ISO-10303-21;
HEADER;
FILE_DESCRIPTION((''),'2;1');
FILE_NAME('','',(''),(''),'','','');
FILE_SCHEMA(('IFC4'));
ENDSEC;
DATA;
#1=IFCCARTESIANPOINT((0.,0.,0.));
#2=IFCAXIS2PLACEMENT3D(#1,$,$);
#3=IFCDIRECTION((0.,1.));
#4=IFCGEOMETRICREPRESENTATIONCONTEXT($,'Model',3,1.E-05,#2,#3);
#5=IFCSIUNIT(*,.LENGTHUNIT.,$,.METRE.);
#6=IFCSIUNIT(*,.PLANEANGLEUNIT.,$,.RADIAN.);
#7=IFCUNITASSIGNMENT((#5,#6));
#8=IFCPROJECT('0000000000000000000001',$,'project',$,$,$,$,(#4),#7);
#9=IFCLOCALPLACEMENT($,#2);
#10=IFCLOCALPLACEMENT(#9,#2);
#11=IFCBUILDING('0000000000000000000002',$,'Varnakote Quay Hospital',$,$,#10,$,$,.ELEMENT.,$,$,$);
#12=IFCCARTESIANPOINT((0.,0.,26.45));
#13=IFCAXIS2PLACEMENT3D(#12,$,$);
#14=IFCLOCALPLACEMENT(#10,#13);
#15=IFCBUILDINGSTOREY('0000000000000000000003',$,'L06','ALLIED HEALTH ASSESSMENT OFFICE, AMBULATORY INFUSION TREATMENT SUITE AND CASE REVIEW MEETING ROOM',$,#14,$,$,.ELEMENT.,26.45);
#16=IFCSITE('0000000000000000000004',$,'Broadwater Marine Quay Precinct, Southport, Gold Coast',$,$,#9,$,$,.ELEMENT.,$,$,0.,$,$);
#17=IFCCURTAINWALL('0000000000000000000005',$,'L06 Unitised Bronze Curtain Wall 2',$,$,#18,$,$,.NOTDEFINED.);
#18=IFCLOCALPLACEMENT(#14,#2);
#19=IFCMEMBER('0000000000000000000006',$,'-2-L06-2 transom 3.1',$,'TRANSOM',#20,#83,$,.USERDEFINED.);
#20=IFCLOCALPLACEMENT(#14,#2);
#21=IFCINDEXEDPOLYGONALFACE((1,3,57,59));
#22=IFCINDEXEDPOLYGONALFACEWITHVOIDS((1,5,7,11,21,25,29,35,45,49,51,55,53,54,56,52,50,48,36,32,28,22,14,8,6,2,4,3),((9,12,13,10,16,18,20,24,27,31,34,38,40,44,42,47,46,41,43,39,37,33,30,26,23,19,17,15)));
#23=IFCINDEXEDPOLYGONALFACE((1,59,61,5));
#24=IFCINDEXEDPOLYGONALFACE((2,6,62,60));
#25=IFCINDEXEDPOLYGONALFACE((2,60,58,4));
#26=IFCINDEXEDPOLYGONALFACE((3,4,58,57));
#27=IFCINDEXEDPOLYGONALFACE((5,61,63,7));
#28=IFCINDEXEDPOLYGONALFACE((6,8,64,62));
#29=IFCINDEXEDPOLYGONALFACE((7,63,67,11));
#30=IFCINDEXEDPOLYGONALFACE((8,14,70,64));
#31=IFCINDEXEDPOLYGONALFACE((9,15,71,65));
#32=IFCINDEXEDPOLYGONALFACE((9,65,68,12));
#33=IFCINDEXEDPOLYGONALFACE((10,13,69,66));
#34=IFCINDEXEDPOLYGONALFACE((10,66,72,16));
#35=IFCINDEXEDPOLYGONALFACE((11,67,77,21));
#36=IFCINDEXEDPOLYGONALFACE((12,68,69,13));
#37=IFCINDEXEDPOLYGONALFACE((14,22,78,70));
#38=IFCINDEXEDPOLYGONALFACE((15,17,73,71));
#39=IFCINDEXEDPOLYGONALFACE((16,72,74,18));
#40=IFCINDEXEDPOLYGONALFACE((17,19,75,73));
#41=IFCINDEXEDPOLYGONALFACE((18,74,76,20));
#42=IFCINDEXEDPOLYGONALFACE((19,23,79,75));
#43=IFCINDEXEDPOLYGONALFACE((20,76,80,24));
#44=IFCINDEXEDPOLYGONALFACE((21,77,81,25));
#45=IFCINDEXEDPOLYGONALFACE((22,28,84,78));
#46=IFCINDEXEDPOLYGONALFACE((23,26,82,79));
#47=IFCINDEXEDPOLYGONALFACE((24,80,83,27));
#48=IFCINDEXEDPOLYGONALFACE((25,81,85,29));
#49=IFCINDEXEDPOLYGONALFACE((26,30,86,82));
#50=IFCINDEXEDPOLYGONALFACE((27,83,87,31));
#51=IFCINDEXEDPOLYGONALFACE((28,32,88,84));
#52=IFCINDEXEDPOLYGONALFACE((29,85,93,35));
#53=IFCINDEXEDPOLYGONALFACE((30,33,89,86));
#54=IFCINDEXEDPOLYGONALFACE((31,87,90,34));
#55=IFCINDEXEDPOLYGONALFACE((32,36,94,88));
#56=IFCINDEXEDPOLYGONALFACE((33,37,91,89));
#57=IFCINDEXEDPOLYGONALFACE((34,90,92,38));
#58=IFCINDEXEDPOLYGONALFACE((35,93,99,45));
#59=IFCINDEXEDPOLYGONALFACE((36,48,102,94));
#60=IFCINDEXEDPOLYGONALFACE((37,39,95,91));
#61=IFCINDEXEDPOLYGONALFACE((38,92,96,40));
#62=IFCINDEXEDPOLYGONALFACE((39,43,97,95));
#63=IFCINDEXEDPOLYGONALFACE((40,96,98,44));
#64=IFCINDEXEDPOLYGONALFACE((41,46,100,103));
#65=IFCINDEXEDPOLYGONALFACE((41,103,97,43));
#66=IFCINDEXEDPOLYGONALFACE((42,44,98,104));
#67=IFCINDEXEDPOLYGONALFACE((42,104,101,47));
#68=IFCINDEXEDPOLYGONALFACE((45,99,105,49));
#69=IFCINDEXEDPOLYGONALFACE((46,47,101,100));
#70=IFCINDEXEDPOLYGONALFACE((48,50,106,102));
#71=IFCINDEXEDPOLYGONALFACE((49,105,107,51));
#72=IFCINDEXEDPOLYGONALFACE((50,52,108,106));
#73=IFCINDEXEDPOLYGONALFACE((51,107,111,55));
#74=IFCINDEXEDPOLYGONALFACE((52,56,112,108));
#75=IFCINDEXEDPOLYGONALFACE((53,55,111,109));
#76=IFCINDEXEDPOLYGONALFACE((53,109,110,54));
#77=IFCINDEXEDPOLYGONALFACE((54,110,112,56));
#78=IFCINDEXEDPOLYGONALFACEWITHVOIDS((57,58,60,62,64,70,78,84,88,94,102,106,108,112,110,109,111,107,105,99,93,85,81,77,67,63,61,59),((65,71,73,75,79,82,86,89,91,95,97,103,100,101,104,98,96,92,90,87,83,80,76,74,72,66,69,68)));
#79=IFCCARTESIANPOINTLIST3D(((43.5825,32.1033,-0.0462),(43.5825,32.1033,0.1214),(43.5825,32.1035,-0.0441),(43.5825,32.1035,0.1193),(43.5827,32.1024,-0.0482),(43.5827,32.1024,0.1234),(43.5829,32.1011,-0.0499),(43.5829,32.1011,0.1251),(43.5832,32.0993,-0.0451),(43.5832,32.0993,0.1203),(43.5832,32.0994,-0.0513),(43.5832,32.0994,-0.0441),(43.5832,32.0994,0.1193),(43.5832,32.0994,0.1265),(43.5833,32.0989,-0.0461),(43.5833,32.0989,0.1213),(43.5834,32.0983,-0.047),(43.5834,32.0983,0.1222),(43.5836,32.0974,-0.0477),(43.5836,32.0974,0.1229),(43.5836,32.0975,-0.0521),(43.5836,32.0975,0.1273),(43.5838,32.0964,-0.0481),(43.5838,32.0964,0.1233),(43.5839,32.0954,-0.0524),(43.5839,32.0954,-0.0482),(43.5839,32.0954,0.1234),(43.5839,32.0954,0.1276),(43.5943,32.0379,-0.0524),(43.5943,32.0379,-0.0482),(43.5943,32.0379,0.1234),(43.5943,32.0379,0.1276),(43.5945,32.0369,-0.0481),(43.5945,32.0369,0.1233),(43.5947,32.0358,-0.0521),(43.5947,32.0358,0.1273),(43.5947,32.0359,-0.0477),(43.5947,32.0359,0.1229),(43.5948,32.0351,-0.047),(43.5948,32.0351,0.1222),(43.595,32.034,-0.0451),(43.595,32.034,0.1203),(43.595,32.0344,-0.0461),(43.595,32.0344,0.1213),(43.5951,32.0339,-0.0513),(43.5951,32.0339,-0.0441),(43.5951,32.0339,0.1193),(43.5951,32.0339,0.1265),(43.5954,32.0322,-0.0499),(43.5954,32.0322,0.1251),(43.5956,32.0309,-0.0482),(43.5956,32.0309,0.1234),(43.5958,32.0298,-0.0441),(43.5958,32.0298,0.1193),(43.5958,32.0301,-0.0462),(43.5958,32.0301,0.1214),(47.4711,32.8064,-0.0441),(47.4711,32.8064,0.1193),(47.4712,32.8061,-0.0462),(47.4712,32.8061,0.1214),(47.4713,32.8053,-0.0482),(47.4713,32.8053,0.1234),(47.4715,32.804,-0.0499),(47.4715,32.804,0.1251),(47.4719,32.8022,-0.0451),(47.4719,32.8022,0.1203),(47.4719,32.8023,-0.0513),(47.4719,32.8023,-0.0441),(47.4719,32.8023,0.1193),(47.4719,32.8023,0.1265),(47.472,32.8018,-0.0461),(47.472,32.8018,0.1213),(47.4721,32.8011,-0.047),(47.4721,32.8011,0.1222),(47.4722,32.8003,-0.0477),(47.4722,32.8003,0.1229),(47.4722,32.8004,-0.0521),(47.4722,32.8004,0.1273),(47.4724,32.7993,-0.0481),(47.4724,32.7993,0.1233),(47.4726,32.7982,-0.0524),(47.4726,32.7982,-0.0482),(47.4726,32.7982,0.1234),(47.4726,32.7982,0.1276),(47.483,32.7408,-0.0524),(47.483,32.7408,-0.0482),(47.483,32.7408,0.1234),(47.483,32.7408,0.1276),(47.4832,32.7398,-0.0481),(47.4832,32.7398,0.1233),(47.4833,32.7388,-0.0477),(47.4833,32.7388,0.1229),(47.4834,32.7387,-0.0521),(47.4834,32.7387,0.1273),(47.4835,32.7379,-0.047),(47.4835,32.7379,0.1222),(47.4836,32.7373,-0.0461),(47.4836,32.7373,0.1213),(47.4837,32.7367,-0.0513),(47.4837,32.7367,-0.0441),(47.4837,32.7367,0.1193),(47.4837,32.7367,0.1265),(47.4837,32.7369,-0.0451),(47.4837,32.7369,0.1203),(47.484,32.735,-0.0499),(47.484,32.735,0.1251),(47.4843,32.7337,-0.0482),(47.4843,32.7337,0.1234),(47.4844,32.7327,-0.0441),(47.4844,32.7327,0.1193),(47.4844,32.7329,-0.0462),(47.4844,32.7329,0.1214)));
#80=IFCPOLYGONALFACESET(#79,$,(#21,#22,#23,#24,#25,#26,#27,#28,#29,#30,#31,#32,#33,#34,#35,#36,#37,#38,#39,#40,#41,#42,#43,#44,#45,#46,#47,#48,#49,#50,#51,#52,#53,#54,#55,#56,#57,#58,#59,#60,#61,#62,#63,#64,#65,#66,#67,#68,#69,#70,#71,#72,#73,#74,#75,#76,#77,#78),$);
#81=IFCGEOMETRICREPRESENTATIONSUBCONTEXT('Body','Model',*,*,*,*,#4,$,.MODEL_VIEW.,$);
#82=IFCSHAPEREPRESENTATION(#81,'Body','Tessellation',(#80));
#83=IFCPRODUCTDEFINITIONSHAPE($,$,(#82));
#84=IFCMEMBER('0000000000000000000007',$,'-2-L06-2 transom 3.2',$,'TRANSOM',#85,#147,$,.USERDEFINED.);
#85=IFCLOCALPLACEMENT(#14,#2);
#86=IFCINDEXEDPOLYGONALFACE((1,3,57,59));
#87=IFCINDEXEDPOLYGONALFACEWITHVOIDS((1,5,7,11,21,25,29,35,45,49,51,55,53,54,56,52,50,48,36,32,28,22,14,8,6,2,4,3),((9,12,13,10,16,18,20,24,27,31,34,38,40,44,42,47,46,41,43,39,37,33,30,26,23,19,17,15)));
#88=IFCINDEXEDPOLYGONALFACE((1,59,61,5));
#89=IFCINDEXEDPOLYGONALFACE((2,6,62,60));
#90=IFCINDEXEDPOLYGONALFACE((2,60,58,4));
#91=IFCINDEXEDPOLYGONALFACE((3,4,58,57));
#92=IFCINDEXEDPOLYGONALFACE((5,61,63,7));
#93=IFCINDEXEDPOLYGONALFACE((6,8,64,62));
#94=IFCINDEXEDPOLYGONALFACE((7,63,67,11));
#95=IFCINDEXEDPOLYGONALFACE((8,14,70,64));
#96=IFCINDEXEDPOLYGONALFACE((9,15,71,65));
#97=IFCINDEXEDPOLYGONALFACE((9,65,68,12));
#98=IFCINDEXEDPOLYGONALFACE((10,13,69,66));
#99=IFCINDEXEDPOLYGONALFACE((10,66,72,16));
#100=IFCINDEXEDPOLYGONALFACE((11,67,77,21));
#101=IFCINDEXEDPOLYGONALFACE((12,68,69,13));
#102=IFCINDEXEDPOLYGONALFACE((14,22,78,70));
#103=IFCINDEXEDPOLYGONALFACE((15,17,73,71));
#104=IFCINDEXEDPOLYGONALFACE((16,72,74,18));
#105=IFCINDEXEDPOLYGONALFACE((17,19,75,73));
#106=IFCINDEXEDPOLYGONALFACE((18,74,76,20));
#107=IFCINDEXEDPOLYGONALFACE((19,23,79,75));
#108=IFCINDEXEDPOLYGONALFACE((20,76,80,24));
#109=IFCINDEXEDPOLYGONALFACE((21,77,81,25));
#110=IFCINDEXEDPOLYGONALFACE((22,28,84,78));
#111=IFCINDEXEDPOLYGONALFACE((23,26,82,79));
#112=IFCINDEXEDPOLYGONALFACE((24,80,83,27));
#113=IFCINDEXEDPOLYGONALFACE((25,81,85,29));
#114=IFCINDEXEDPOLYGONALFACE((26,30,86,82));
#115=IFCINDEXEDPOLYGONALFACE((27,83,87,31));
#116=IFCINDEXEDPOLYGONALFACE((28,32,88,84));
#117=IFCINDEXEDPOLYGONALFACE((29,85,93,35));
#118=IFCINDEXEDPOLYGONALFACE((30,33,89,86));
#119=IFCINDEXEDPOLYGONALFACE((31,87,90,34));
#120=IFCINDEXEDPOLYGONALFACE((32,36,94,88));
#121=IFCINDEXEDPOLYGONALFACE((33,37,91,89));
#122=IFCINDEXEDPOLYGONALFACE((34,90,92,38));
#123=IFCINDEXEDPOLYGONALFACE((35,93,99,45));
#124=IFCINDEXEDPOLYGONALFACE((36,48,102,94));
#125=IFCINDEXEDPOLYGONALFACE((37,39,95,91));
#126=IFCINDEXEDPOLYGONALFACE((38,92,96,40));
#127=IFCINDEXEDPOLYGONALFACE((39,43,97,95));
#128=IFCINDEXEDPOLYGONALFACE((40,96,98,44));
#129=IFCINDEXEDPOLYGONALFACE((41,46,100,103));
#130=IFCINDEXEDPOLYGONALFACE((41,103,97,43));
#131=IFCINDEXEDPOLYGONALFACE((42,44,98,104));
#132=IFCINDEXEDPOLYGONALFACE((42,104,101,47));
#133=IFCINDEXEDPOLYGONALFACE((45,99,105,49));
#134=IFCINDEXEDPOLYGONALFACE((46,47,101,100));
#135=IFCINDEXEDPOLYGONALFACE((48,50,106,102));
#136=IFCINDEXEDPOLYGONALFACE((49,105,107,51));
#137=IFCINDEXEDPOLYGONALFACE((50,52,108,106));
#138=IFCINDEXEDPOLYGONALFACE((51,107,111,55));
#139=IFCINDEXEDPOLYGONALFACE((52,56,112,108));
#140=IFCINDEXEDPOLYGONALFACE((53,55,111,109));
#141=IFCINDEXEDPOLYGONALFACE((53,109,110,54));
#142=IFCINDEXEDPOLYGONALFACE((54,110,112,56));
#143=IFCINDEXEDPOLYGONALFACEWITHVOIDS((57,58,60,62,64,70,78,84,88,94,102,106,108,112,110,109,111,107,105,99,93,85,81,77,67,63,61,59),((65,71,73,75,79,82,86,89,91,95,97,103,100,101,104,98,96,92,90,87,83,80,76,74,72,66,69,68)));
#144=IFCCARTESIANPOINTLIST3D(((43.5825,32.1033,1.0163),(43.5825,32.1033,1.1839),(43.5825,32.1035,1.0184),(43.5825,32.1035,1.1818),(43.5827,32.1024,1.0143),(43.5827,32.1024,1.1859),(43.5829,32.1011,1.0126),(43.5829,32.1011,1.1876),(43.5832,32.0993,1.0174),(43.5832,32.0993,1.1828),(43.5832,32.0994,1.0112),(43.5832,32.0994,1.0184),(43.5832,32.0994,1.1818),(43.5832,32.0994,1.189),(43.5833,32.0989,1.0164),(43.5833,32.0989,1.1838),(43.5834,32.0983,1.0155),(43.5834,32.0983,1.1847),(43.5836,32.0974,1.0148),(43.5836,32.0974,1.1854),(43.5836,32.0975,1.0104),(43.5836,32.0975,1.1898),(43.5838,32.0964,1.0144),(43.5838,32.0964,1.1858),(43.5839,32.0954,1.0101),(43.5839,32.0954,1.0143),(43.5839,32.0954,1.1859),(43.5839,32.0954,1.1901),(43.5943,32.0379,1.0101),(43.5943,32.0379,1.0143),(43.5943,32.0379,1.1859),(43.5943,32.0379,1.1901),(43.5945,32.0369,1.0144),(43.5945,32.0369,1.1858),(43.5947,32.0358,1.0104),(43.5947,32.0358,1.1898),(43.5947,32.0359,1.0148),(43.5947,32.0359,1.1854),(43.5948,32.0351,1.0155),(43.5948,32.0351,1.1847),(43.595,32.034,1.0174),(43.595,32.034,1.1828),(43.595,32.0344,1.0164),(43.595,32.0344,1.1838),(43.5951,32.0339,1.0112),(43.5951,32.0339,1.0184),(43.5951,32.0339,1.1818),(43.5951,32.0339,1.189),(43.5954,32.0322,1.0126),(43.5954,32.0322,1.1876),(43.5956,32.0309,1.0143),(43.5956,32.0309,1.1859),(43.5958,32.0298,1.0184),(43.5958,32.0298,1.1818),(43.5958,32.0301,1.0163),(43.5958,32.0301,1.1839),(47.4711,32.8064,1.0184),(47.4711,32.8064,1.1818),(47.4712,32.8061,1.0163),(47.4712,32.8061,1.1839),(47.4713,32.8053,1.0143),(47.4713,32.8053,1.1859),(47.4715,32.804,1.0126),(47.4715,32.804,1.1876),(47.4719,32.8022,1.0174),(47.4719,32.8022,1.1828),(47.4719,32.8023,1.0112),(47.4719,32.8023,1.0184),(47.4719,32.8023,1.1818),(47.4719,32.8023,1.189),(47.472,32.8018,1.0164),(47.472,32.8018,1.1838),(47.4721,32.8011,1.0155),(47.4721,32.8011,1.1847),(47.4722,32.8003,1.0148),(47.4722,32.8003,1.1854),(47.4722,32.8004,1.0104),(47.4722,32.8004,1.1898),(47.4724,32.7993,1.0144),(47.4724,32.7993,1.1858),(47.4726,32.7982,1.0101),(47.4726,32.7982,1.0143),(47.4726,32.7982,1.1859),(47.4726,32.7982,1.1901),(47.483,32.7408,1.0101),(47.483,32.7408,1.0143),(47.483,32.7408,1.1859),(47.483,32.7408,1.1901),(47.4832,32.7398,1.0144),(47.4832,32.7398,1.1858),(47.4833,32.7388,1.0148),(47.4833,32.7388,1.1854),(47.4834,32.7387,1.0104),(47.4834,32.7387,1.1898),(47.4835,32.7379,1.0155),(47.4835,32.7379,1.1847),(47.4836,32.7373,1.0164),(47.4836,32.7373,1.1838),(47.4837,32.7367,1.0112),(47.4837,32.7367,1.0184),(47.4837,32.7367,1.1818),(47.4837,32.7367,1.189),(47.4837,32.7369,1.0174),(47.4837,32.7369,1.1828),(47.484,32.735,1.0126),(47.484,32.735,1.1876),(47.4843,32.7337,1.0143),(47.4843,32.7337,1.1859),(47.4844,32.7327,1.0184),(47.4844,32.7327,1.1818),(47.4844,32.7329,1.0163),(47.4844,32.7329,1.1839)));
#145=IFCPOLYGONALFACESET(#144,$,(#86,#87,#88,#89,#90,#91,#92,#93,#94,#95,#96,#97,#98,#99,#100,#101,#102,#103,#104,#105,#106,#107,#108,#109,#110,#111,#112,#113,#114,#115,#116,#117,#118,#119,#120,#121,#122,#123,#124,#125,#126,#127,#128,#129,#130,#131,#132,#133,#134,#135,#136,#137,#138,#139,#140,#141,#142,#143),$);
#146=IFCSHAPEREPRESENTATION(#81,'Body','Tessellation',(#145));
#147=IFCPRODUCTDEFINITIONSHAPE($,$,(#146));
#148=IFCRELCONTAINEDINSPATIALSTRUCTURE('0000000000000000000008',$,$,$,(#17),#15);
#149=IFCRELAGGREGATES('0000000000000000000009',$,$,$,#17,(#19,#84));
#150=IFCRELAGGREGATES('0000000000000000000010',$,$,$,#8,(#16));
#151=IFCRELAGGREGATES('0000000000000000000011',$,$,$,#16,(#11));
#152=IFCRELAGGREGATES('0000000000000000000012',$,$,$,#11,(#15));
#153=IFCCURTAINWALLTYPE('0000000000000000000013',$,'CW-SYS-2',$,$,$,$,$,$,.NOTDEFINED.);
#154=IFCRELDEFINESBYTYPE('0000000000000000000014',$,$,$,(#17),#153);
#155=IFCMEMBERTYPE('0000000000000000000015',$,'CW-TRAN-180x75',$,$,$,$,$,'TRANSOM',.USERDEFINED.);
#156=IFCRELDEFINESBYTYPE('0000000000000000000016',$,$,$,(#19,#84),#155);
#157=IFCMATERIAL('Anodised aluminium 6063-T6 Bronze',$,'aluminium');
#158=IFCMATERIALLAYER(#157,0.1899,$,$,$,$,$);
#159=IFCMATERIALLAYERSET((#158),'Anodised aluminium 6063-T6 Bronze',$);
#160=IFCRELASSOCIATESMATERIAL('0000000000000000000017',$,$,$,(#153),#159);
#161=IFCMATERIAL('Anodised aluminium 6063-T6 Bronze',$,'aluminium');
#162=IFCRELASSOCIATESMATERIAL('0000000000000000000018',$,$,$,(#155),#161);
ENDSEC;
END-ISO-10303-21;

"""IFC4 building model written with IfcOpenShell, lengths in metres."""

from ifc_helpers import new_model, si_unit, direction, frame, origin, origin_2d, place, context, subcontext, project, spatial, hollow_rectangle, extrude, material, layer, layer_set, material_profile, profile_set, type_object, element, aggregate, save


model = new_model("IFC4")

# Units and contexts
model_context = context("Model", 3, precision=1e-05, world=origin(), true_north=direction((0.0, 1.0)))
body_context = subcontext(model_context, "Body", "Model", "MODEL_VIEW")
ifc_project = project(units=[si_unit("LENGTHUNIT", "METRE"), si_unit("PLANEANGLEUNIT", "RADIAN")], contexts=[model_context])

# Site, building, storey
site_placement = place(None, origin())
site = spatial("IfcSite", under=ifc_project, at=site_placement, Name="Broadwater Marine Quay Precinct, Southport, Gold Coast", CompositionType="ELEMENT", RefElevation=0.0)
building_placement = place(site_placement, origin())
building = spatial("IfcBuilding", under=site, at=building_placement, Name="Varnakote Quay Hospital", CompositionType="ELEMENT")
storey_placement = place(building_placement, frame((0.0, 0.0, 26.45)))
storey = spatial("IfcBuildingStorey", under=building, at=storey_placement, Name="L06", Description="ALLIED HEALTH ASSESSMENT OFFICE, AMBULATORY INFUSION TREATMENT SUITE AND CASE REVIEW MEETING ROOM", CompositionType="ELEMENT", Elevation=26.45)

# Curtain wall, members
ifc_material_1 = material(Name="Anodised aluminium 6063-T6 Bronze", Category="aluminium")
ifc_layer_1 = layer(ifc_material_1, 0.1899)
ifc_layer_set_1 = layer_set([ifc_layer_1], Name="Anodised aluminium 6063-T6 Bronze")
curtain_wall_type = type_object("IfcCurtainWallType", Name="CW-SYS-2", PredefinedType="NOTDEFINED", material=ifc_layer_set_1)
curtain_wall_placement = place(storey_placement, origin())
curtain_wall = element("IfcCurtainWall", 1, at=curtain_wall_placement, inside=storey, type_object=curtain_wall_type, Name="L06 Unitised Bronze Curtain Wall 2", PredefinedType="NOTDEFINED")
ifc_material_2 = material(Name="Anodised aluminium 6063-T6 Bronze", Category="aluminium")
ifc_material_profile_1 = material_profile(ifc_material_2, hollow_rectangle(XDim=0.075, YDim=0.1799, WallThickness=0.0042, InnerFilletRadius=0.0042, OuterFilletRadius=0.0083, at=origin_2d()), Name="CW-TRAN-180x75")
ifc_profile_set_1 = profile_set([ifc_material_profile_1], Name="Anodised aluminium 6063-T6 Bronze")
member_type_1 = type_object("IfcMemberType", Name="CW-TRAN-180x75", ElementType="TRANSOM", PredefinedType="USERDEFINED", material=ifc_profile_set_1)
member_1_placement = place(storey_placement, frame((47.4778, 32.7695, 0.0376), z_axis=(-0.984054, -0.177869, 0.0), x_axis=(0.177869, -0.984054, 0.0)))
member_1 = element("IfcMember", 2, at=member_1_placement, type_object=member_type_1, Name="-2-L06-2 transom 3.1", ObjectType="TRANSOM", PredefinedType="USERDEFINED", context=body_context, shape_type="SweptSolid", body=[
    extrude(hollow_rectangle(XDim=0.075, YDim=0.1799, WallThickness=0.0042, InnerFilletRadius=0.0042, OuterFilletRadius=0.0083, at=origin_2d()), origin(), (0.0, 0.0, 1.0), 3.9517),
])
member_2_placement = place(storey_placement, frame((47.4778, 32.7695, 1.1001), z_axis=(-0.984054, -0.177869, 0.0), x_axis=(0.177869, -0.984054, 0.0)))
member_2 = element("IfcMember", 3, at=member_2_placement, type_object=member_type_1, Name="-2-L06-2 transom 3.2", ObjectType="TRANSOM", PredefinedType="USERDEFINED", context=body_context, shape_type="SweptSolid", body=[
    extrude(hollow_rectangle(XDim=0.075, YDim=0.1799, WallThickness=0.0042, InnerFilletRadius=0.0042, OuterFilletRadius=0.0083, at=origin_2d()), origin(), (0.0, 0.0, 1.0), 3.9517),
])
aggregate(curtain_wall, [member_1, member_2])

save(model, "model.ifc")
